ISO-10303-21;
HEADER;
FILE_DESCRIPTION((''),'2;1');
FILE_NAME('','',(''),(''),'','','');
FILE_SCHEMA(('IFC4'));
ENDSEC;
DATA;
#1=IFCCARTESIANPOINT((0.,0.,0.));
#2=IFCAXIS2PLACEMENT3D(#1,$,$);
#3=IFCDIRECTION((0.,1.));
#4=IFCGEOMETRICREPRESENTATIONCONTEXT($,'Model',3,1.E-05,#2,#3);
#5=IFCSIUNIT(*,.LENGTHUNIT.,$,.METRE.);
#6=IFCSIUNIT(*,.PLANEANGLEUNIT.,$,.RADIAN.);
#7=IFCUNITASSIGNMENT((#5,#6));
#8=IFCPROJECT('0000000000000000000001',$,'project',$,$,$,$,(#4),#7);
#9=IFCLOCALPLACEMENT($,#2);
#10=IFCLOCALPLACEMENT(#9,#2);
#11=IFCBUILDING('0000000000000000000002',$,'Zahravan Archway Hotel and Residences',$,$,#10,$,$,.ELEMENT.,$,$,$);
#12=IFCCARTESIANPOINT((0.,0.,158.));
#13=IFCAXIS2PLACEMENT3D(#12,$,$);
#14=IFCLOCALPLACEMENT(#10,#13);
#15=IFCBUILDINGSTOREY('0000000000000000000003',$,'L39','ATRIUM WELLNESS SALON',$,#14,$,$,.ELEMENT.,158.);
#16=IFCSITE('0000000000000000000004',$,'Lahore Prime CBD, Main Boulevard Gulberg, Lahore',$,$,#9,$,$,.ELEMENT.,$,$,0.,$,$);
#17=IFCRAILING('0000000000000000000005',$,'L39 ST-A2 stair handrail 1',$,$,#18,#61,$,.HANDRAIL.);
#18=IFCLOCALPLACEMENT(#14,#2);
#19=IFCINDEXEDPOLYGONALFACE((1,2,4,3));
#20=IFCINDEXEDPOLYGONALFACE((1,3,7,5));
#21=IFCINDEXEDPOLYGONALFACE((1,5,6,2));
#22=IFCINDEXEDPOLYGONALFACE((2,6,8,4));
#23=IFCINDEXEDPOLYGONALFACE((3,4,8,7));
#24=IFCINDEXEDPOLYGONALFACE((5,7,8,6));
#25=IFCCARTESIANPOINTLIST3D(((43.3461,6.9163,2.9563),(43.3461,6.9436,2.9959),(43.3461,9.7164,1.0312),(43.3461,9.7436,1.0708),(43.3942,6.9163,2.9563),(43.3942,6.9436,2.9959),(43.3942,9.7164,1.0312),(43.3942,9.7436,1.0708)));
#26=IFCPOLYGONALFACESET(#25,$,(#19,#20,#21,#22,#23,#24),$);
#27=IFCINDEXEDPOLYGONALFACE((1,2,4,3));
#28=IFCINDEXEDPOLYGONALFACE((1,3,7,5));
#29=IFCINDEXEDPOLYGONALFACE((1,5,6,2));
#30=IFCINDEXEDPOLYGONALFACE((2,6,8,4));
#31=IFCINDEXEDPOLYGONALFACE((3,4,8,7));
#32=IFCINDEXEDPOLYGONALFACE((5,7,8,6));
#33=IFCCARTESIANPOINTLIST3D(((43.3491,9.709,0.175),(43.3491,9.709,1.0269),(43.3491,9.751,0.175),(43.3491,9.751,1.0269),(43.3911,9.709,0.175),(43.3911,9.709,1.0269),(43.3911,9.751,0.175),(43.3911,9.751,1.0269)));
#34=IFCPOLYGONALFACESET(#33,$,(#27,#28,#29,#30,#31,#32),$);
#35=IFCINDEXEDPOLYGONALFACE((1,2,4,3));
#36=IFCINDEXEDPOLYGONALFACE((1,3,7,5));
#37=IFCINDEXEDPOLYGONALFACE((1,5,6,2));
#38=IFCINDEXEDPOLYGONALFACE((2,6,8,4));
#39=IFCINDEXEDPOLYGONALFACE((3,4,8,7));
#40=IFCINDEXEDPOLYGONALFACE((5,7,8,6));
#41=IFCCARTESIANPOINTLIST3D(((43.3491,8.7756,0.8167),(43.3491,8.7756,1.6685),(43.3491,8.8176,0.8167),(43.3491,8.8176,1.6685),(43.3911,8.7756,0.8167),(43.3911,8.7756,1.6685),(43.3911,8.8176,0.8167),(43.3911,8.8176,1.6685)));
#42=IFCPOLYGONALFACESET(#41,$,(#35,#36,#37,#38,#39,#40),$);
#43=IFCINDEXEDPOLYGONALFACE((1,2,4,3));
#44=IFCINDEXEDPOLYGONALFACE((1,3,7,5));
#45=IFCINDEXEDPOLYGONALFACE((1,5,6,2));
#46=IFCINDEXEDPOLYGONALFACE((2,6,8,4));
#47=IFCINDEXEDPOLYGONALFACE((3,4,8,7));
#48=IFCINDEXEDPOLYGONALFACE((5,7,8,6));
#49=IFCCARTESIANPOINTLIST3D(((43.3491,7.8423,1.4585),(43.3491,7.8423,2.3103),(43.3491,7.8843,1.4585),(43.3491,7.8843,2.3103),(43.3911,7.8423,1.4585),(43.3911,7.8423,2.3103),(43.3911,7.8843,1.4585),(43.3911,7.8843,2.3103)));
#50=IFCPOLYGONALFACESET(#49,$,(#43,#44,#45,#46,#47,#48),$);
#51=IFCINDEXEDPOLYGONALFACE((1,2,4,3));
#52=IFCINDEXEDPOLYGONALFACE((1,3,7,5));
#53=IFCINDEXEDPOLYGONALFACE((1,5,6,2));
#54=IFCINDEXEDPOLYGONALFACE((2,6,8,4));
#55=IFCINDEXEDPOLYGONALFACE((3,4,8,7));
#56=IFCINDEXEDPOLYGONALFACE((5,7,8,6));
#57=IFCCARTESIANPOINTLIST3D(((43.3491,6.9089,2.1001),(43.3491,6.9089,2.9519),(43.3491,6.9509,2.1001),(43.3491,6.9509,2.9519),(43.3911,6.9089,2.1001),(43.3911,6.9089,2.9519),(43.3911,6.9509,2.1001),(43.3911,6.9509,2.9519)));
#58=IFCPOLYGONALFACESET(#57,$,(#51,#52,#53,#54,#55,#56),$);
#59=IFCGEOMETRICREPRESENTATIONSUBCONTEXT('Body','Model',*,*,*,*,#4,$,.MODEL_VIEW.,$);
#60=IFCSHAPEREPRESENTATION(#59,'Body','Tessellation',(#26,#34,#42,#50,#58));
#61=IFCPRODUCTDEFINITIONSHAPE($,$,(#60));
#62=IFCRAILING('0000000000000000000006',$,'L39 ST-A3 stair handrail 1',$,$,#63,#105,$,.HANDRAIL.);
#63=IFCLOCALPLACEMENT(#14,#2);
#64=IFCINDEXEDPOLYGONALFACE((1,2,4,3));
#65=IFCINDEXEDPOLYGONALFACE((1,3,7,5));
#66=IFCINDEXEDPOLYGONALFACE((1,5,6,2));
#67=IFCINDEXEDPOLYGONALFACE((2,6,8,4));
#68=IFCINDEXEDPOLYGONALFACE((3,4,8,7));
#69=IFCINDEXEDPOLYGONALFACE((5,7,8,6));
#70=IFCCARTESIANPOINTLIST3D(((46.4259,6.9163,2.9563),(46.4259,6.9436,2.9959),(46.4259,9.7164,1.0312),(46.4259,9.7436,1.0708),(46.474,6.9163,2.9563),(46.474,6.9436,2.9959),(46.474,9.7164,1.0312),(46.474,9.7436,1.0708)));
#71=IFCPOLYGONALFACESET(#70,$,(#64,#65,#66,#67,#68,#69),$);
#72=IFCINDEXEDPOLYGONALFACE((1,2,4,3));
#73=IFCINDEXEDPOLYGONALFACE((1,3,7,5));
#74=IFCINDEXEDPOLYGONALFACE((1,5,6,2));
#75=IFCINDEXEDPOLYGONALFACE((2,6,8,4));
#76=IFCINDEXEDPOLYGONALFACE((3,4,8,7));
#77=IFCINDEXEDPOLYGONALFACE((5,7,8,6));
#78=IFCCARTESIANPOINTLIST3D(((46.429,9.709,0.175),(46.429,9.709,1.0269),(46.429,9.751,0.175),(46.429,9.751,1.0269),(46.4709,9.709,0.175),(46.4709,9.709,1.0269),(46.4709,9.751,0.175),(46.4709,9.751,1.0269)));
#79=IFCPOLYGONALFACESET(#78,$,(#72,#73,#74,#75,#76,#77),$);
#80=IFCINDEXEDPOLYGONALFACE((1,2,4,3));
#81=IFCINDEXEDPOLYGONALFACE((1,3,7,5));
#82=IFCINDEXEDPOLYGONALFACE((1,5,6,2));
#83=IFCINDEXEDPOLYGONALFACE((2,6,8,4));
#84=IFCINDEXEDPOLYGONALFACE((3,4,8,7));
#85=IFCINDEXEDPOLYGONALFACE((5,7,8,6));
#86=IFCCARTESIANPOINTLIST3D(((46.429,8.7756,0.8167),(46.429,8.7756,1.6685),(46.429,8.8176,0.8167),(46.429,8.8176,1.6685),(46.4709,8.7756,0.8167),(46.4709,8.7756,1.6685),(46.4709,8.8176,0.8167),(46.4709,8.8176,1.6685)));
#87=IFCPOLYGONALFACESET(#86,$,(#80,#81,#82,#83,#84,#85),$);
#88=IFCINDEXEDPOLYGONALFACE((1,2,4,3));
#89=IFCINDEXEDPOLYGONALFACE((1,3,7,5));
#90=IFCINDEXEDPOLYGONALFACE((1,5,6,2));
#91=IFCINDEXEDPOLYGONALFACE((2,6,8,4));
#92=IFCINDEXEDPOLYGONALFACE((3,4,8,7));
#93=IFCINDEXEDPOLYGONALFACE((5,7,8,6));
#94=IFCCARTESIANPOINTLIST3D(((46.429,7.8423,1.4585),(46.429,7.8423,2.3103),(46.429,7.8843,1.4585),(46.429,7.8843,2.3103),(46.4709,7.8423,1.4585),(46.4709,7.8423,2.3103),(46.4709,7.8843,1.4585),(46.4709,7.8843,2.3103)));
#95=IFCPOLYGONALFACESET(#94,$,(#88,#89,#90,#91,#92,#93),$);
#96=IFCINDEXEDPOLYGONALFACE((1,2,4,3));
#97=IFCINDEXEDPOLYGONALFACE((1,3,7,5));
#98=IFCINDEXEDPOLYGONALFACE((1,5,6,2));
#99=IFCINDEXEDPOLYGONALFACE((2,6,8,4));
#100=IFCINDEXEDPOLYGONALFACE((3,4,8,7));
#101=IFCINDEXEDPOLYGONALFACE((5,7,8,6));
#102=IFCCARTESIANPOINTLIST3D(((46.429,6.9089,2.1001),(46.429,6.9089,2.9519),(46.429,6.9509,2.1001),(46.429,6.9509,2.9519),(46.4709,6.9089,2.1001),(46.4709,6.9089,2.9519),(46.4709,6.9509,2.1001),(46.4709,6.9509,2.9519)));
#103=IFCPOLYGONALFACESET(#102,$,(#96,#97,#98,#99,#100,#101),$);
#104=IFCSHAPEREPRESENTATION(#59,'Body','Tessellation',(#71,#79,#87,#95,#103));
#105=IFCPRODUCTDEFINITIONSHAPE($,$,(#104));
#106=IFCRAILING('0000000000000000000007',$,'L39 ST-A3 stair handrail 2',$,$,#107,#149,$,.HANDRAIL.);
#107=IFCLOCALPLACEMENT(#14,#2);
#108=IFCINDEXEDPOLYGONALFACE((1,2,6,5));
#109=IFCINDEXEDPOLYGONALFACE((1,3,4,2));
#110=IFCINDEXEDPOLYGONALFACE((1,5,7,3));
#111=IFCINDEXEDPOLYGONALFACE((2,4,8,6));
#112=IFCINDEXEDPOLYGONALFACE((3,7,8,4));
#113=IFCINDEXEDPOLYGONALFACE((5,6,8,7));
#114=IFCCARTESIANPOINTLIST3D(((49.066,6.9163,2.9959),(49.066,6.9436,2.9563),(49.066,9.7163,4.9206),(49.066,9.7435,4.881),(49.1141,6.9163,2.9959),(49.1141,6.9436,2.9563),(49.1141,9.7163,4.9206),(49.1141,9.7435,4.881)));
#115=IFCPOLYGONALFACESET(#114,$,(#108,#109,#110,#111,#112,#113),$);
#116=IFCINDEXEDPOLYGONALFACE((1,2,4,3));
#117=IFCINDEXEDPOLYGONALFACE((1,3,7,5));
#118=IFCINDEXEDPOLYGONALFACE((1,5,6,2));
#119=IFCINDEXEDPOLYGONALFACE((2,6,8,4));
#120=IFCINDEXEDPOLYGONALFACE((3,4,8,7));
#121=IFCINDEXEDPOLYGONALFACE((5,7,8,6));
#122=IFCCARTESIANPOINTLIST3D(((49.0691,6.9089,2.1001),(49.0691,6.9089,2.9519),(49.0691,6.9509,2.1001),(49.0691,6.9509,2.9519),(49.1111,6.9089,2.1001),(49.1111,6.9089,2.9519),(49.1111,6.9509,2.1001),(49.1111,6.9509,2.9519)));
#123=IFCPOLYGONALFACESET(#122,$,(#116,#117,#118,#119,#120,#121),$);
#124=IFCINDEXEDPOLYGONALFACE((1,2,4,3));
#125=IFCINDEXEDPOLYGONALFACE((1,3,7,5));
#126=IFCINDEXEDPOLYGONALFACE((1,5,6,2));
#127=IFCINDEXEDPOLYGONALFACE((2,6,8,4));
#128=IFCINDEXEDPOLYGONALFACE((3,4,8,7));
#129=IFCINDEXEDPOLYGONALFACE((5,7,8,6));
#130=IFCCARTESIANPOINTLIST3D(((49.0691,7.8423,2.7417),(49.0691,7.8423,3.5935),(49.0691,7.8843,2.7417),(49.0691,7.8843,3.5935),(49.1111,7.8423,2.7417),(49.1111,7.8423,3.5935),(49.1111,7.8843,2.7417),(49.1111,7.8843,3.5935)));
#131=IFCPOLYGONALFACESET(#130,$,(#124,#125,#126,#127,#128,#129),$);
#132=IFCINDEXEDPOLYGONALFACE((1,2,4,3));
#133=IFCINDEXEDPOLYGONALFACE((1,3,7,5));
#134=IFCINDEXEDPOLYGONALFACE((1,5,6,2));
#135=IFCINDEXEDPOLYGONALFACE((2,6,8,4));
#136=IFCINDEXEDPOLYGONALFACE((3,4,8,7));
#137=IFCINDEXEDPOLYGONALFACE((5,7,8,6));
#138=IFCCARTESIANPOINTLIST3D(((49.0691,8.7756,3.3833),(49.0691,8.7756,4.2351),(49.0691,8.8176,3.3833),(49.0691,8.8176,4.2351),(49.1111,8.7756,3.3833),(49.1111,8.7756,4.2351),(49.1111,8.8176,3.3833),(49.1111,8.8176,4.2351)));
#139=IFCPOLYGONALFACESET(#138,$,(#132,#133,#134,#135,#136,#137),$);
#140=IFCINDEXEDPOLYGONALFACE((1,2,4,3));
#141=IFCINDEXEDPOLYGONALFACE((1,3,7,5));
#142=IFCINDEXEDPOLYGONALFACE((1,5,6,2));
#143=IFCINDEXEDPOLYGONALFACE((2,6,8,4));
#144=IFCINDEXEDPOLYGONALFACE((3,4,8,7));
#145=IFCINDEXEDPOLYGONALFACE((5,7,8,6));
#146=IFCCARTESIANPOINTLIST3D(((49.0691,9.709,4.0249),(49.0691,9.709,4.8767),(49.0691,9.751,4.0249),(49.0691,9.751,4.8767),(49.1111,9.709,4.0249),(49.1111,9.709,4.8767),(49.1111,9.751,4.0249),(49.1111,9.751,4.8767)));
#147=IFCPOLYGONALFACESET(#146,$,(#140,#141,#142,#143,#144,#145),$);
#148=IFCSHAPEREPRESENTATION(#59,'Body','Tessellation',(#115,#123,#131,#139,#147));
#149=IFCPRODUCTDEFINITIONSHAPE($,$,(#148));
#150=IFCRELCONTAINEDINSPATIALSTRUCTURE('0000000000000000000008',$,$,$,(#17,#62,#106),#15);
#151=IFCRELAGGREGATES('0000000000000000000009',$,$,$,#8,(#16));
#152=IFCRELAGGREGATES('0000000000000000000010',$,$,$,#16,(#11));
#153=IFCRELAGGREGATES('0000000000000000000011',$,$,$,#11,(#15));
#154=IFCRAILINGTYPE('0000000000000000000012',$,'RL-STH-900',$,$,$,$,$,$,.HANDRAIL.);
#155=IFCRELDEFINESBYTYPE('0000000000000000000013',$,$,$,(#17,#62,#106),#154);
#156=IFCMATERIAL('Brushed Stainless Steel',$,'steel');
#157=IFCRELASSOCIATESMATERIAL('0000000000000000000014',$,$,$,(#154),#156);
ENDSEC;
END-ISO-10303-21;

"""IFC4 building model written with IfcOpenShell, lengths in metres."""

from ifc_helpers import new_model, si_unit, direction, frame, origin, origin_2d, place, context, subcontext, project, spatial, rectangle, extrude, material, type_object, element, save


model = new_model("IFC4")

# Units and contexts
model_context = context("Model", 3, precision=1e-05, world=origin(), true_north=direction((0.0, 1.0)))
body_context = subcontext(model_context, "Body", "Model", "MODEL_VIEW")
ifc_project = project(units=[si_unit("LENGTHUNIT", "METRE"), si_unit("PLANEANGLEUNIT", "RADIAN")], contexts=[model_context])

# Site, building, storey
site_placement = place(None, origin())
site = spatial("IfcSite", under=ifc_project, at=site_placement, Name="Lahore Prime CBD, Main Boulevard Gulberg, Lahore", CompositionType="ELEMENT", RefElevation=0.0)
building_placement = place(site_placement, origin())
building = spatial("IfcBuilding", under=site, at=building_placement, Name="Zahravan Archway Hotel and Residences", CompositionType="ELEMENT")
storey_placement = place(building_placement, frame((0.0, 0.0, 158.0)))
storey = spatial("IfcBuildingStorey", under=building, at=storey_placement, Name="L39", Description="ATRIUM WELLNESS SALON", CompositionType="ELEMENT", Elevation=158.0)

# Railings
ifc_material_1 = material(Name="Brushed Stainless Steel", Category="steel")
railing_type_1 = type_object("IfcRailingType", Name="RL-STH-900", PredefinedType="HANDRAIL", material=ifc_material_1)
for number, where, name in (
    (1, (43.3701, 9.73, 0.175), "L39 ST-A2 stair handrail 1"),
    (2, (46.45, 9.73, 0.175), "L39 ST-A3 stair handrail 1"),
):
    element("IfcRailing", number, at=place(storey_placement, frame(where)), inside=storey, type_object=railing_type_1, Name=name, PredefinedType="HANDRAIL", context=body_context, shape_type="SweptSolid", body=[
        extrude(rectangle(XDim=0.0481, YDim=0.0481, at=origin_2d()), frame((0.0, 0.0, 0.876), z_axis=(0.0, -0.82404, 0.566532), x_axis=(1.0, 0.0, 0.0)), (0.0, 0.0, 1.0), 3.3979),
        extrude(rectangle(XDim=0.042, YDim=0.042, at=origin_2d()), origin(), (0.0, 0.0, 1.0), 0.8518),
        extrude(rectangle(XDim=0.042, YDim=0.042, at=origin_2d()), frame((0.0, -0.9333, 0.6416)), (0.0, 0.0, 1.0), 0.8518),
        extrude(rectangle(XDim=0.042, YDim=0.042, at=origin_2d()), frame((0.0, -1.8667, 1.2834)), (0.0, 0.0, 1.0), 0.8518),
        extrude(rectangle(XDim=0.042, YDim=0.042, at=origin_2d()), frame((0.0, -2.8, 1.925)), (0.0, 0.0, 1.0), 0.8518),
    ])
railing_1_placement = place(storey_placement, frame((49.0901, 6.9299, 2.1001)))
element("IfcRailing", 3, at=railing_1_placement, inside=storey, type_object=railing_type_1, Name="L39 ST-A3 stair handrail 2", PredefinedType="HANDRAIL", context=body_context, shape_type="SweptSolid", body=[
    extrude(rectangle(XDim=0.0481, YDim=0.0481, at=origin_2d()), frame((0.0, 0.0, 0.876), z_axis=(0.0, 0.824073, 0.566483), x_axis=(-1.0, 0.0, 0.0)), (0.0, 0.0, 1.0), 3.3977),
    extrude(rectangle(XDim=0.042, YDim=0.042, at=origin_2d()), origin(), (0.0, 0.0, 1.0), 0.8518),
    extrude(rectangle(XDim=0.042, YDim=0.042, at=origin_2d()), frame((0.0, 0.9333, 0.6416)), (0.0, 0.0, 1.0), 0.8518),
    extrude(rectangle(XDim=0.042, YDim=0.042, at=origin_2d()), frame((0.0, 1.8667, 1.2832)), (0.0, 0.0, 1.0), 0.8518),
    extrude(rectangle(XDim=0.042, YDim=0.042, at=origin_2d()), frame((0.0, 2.8, 1.9248)), (0.0, 0.0, 1.0), 0.8518),
])

save(model, "model.ifc")
